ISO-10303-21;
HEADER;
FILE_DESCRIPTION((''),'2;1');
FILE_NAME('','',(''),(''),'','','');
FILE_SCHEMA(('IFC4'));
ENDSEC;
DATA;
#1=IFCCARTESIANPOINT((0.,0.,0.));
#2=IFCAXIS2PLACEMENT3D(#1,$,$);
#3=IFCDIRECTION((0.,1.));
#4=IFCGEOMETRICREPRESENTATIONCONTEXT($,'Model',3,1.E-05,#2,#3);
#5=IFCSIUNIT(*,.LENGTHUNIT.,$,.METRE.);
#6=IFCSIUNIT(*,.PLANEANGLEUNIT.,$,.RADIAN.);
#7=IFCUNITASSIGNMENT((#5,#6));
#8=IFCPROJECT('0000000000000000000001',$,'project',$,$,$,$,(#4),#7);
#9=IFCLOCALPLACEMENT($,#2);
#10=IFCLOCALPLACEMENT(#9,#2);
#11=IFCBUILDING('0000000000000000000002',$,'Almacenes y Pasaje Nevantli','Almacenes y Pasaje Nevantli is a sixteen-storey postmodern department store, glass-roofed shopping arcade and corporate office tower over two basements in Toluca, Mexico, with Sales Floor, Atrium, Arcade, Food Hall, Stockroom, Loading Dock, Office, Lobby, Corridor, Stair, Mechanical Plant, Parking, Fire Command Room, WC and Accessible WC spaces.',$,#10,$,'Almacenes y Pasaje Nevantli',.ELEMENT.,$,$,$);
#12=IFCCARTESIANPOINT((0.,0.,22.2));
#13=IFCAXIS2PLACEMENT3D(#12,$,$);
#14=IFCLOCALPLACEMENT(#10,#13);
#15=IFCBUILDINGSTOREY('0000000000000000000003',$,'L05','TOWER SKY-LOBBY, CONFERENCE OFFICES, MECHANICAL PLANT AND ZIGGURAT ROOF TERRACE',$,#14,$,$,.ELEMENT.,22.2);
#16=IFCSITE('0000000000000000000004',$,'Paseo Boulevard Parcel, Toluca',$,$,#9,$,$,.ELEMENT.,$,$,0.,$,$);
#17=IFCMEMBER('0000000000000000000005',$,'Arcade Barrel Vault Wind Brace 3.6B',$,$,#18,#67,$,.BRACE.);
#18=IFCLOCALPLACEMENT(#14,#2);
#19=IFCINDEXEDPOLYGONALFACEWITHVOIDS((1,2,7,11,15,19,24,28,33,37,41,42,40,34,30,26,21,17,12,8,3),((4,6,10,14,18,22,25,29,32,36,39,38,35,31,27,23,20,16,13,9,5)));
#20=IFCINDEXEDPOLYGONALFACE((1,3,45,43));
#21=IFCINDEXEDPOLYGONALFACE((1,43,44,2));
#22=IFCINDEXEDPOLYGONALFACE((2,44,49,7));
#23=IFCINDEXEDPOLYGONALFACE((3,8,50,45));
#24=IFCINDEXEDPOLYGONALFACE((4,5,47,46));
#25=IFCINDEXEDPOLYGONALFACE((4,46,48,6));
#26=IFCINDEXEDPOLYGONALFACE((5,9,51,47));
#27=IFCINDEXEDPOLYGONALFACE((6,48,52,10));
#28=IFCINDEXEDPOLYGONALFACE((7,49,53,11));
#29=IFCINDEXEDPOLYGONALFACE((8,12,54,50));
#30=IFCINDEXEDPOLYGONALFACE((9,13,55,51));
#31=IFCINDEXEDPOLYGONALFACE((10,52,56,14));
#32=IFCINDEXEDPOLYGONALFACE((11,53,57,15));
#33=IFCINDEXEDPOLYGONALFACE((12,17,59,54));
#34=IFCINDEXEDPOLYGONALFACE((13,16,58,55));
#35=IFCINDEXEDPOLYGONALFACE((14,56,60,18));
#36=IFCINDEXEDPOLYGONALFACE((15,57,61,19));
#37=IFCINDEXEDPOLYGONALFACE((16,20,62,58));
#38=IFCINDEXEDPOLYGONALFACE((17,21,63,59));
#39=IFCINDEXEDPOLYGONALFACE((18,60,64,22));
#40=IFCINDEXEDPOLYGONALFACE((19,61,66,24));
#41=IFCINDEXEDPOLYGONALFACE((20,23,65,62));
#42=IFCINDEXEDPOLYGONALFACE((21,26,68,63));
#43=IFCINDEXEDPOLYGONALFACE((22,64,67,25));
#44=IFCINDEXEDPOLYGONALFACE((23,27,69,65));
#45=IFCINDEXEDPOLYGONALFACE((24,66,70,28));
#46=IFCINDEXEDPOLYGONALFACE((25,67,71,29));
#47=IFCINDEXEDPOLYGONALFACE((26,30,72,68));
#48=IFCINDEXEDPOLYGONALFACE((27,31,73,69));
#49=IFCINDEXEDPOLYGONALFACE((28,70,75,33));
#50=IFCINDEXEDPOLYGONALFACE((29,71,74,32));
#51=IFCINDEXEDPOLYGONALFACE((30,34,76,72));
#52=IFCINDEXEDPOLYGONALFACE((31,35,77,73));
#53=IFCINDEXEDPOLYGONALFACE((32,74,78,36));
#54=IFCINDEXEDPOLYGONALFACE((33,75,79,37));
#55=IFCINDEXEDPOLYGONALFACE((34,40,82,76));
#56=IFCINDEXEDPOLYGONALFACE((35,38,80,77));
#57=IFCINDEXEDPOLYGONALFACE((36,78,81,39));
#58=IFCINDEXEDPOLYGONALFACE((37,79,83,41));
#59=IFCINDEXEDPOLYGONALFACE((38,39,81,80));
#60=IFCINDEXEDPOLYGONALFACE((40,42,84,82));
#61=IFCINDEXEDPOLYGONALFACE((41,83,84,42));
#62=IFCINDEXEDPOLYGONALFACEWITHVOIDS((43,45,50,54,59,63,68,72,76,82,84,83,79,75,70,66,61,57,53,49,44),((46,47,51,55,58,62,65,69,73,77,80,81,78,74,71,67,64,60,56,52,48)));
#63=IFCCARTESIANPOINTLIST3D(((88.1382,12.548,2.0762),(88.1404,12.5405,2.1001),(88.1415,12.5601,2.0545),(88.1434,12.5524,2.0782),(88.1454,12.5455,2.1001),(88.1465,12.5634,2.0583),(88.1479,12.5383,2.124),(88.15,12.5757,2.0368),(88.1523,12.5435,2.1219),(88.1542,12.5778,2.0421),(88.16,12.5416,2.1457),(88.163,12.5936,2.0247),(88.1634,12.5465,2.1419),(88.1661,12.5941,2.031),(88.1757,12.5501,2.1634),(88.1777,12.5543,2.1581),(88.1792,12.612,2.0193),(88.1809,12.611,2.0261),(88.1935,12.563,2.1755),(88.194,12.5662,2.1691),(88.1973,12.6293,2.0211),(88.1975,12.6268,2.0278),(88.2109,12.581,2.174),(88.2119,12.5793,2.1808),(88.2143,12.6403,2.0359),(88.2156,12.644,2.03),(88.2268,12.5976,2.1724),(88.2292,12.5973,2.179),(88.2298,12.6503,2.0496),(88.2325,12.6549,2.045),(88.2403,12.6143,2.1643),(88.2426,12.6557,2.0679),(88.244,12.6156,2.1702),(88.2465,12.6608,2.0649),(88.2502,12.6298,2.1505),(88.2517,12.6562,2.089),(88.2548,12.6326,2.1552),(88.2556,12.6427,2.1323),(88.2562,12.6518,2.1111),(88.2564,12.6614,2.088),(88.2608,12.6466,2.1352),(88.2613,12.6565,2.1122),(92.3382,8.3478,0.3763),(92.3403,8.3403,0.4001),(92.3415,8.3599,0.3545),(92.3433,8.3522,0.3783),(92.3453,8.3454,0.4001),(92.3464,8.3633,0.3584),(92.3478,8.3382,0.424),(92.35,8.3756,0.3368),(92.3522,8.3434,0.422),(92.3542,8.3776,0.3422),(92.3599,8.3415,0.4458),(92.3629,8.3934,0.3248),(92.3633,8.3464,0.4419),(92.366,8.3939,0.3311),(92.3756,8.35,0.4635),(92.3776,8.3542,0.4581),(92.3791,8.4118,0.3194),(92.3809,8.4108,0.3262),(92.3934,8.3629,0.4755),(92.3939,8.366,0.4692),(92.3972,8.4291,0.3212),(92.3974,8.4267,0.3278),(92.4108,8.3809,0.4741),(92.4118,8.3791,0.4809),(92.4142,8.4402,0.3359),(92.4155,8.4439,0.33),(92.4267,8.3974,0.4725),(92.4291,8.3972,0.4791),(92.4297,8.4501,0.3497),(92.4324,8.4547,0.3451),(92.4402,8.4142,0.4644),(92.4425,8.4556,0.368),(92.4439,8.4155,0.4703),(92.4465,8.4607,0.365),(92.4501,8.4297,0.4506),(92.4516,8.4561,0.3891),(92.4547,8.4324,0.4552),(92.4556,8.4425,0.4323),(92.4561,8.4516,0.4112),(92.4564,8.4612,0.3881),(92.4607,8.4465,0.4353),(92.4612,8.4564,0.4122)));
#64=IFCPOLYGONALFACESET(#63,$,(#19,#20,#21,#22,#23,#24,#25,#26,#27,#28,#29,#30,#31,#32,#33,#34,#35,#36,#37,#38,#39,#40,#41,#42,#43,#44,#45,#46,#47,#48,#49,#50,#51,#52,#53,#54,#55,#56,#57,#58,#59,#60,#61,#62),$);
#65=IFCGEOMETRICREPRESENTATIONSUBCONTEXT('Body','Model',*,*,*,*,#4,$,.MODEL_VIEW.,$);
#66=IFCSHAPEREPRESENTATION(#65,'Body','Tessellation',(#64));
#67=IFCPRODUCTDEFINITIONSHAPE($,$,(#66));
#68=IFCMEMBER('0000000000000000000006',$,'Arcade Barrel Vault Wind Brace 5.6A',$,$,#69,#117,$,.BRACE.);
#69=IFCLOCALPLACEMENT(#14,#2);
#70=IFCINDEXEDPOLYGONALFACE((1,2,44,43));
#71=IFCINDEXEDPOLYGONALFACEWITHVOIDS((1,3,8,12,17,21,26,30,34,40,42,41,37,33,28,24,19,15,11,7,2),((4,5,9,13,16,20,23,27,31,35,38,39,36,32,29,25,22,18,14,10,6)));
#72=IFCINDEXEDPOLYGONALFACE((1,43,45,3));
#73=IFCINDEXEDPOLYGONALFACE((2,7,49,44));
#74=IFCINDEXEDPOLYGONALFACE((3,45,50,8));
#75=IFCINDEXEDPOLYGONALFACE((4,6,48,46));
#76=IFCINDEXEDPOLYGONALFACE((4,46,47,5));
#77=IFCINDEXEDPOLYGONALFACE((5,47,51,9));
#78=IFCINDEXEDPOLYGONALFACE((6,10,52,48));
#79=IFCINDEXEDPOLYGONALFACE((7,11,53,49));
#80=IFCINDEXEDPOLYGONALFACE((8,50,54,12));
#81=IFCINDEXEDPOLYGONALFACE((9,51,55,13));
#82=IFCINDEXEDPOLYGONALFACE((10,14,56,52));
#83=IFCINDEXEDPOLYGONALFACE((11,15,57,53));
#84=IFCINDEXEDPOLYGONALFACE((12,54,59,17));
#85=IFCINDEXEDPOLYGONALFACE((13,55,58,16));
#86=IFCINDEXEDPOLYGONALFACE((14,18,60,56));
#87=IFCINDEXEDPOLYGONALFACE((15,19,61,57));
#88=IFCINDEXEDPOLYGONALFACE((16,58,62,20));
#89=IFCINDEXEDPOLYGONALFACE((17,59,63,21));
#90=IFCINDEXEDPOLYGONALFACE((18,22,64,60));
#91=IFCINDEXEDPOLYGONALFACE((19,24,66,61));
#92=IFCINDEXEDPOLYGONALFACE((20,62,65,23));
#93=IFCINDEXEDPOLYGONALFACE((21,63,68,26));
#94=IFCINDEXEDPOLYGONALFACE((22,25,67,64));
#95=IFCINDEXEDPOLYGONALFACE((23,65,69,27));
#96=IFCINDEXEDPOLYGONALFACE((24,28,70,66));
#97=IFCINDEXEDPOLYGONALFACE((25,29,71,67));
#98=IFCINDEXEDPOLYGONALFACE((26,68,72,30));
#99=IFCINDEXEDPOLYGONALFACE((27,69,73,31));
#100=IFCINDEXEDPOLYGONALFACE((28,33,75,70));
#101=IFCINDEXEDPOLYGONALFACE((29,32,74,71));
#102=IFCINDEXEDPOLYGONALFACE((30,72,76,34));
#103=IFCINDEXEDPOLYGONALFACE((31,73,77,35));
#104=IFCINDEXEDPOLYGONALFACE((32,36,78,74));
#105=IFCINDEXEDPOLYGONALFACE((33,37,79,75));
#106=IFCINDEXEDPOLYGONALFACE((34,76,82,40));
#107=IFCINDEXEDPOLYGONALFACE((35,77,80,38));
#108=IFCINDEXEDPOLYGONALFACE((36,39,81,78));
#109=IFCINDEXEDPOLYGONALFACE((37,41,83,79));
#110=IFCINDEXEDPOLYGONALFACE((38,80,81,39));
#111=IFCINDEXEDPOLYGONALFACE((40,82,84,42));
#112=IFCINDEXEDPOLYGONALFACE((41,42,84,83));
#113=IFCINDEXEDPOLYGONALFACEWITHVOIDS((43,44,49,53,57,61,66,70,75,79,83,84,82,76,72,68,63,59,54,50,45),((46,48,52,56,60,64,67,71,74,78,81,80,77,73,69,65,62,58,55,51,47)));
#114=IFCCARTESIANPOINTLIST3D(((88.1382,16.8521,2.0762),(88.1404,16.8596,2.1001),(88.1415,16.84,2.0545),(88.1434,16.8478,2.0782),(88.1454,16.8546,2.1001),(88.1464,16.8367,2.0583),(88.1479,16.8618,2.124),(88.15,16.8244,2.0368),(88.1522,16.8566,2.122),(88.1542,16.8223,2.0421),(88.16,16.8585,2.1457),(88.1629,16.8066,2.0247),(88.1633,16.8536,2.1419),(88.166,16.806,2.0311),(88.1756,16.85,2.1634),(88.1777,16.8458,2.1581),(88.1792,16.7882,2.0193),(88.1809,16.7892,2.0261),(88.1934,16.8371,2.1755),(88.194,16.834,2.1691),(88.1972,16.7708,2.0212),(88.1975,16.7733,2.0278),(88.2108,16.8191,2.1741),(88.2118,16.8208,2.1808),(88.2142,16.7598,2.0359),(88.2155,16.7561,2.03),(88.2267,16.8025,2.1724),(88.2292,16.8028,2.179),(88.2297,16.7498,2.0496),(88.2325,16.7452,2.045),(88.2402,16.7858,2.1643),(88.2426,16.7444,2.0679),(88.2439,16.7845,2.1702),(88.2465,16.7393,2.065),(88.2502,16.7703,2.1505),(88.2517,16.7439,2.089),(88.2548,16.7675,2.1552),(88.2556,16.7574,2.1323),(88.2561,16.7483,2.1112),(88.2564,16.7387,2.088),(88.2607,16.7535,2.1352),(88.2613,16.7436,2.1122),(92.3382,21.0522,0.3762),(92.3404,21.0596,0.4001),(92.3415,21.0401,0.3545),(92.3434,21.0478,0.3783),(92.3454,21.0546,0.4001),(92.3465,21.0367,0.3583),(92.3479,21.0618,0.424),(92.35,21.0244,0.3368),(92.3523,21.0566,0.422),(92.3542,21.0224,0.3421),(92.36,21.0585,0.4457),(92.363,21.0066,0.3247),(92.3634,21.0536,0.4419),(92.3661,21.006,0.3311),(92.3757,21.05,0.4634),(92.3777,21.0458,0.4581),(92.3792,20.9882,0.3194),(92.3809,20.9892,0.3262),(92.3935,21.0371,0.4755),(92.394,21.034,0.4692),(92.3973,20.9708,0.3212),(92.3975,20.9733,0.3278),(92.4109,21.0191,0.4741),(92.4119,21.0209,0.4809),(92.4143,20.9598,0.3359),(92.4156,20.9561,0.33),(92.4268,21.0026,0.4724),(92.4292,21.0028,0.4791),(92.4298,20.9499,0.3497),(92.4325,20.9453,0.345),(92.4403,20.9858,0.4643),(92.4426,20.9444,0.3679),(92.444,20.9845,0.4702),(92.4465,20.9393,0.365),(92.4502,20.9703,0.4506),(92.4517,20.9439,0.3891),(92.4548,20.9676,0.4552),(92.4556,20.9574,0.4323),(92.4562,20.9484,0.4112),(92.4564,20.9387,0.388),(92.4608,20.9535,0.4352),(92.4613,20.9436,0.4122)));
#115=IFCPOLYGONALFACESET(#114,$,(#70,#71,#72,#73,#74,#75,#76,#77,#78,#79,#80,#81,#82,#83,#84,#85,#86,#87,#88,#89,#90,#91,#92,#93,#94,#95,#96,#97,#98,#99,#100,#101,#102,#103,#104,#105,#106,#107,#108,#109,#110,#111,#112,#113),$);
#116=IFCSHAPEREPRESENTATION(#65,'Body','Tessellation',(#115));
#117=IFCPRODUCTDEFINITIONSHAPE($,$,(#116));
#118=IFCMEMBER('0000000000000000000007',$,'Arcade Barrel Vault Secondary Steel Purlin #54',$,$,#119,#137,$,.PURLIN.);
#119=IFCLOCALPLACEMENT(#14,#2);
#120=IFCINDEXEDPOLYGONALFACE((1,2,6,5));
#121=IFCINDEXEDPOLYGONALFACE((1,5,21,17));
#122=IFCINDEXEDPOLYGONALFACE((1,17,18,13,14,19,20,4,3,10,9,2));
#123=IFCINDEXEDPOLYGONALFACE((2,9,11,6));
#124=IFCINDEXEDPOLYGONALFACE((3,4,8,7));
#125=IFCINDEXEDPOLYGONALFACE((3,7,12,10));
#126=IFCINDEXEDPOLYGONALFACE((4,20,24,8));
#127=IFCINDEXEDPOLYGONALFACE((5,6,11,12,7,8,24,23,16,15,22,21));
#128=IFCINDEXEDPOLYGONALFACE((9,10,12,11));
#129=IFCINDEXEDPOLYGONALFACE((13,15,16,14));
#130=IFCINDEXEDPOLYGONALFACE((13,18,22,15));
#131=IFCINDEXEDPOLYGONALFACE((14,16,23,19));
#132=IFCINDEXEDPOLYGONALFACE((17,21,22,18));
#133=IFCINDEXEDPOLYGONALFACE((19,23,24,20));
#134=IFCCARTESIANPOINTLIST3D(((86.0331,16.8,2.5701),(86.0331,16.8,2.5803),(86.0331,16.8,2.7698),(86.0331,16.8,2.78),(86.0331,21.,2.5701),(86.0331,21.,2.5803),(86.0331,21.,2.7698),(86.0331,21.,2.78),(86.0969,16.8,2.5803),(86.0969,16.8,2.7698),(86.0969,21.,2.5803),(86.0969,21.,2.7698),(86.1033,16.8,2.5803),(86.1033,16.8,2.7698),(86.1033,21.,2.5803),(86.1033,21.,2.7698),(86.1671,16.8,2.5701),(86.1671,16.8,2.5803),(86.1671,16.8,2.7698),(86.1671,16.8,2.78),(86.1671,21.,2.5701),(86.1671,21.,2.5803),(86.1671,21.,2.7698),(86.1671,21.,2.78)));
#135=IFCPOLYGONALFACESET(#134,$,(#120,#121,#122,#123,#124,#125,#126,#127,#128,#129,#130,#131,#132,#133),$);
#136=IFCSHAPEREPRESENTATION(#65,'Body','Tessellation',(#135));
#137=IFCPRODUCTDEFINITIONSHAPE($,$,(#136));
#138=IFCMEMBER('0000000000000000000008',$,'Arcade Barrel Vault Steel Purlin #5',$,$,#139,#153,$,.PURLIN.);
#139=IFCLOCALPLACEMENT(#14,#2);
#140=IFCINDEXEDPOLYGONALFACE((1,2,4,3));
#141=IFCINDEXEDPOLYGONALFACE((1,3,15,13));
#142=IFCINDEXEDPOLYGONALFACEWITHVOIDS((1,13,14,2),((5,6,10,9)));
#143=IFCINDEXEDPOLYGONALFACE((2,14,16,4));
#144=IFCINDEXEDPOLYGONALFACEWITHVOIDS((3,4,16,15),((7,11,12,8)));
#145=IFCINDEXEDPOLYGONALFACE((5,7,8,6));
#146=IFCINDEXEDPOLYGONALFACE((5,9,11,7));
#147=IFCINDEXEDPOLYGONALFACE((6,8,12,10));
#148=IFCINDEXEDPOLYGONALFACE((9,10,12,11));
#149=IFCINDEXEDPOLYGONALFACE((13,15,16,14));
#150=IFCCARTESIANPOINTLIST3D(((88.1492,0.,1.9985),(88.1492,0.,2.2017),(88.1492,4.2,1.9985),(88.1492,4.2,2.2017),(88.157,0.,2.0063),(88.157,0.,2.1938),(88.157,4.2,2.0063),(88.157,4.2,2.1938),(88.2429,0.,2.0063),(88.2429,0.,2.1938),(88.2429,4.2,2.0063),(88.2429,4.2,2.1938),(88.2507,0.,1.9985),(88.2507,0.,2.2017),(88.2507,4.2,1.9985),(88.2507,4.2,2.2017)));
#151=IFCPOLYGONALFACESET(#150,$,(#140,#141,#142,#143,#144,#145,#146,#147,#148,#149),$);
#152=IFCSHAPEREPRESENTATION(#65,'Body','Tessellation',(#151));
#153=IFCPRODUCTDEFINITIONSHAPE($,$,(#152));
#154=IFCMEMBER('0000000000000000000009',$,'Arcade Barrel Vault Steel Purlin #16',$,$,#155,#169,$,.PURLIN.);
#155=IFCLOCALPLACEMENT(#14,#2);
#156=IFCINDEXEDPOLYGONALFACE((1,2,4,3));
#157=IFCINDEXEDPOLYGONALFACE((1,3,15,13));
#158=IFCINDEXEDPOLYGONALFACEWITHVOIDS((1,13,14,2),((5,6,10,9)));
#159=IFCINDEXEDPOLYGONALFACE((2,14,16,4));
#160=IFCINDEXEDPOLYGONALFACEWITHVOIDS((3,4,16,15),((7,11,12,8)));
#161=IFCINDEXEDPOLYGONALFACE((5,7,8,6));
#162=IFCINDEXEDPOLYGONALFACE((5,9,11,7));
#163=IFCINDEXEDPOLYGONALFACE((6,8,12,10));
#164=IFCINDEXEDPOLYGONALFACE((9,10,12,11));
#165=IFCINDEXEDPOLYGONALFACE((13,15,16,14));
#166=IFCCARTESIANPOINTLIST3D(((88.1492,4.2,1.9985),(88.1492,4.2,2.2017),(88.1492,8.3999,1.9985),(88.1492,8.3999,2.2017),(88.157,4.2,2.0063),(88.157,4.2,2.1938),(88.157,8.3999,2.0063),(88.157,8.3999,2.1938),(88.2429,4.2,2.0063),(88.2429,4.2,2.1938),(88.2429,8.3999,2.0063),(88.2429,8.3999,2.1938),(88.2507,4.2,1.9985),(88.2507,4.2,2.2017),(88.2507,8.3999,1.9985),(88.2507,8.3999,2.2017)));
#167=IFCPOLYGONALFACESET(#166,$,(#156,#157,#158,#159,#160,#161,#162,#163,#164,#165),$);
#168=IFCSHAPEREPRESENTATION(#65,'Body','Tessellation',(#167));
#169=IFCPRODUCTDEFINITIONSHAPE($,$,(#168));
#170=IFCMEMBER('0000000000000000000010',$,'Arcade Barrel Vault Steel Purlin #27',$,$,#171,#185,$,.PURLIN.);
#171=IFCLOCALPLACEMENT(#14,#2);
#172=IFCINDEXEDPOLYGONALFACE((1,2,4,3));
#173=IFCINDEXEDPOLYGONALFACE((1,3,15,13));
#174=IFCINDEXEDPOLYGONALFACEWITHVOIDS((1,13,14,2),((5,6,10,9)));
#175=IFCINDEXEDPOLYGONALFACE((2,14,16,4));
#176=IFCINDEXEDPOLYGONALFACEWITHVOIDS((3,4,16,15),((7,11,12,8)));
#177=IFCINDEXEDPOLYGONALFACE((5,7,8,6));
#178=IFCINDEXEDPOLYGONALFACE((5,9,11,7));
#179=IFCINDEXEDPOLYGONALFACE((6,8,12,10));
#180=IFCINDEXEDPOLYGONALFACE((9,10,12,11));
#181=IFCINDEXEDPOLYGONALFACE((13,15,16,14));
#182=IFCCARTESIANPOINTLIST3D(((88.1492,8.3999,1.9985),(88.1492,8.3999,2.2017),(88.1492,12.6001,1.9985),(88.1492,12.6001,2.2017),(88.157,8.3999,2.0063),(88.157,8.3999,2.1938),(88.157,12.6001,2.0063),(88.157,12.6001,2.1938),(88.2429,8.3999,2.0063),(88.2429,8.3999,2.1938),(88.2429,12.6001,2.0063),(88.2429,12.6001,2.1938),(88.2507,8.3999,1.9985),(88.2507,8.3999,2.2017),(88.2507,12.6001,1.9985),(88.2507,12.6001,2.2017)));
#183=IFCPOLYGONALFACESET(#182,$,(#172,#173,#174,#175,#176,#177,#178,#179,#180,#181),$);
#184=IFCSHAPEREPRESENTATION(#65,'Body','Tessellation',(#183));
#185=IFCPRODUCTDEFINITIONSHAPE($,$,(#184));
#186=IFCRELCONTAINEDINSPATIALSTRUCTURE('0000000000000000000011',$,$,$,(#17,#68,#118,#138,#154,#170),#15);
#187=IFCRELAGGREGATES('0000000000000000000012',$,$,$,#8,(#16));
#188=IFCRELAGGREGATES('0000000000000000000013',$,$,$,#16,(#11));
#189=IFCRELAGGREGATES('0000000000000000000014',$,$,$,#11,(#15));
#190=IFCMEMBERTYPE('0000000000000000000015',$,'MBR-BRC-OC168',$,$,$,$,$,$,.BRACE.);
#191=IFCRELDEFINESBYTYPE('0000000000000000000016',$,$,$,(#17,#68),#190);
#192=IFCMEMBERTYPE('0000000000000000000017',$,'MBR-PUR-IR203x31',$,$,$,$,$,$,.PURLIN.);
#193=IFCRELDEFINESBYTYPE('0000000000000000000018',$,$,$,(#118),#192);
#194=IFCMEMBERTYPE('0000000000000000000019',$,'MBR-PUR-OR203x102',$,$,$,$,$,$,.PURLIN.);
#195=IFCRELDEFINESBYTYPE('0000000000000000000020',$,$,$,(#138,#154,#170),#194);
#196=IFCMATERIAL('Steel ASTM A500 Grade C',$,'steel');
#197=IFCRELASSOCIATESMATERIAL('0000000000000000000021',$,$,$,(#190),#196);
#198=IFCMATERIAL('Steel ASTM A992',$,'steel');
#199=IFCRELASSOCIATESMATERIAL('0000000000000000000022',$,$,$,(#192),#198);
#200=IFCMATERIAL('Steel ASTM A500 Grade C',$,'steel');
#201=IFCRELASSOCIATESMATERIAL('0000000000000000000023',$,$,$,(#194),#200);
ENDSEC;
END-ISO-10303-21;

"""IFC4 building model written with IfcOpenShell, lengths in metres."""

from ifc_helpers import new_model, si_unit, direction, frame, origin, origin_2d, place, context, subcontext, project, spatial, hollow_rectangle, hollow_circle, i_section, extrude, material, material_profile, profile_set, type_object, element, save


model = new_model("IFC4")

# Units and contexts
model_context = context("Model", 3, precision=1e-05, world=origin(), true_north=direction((0.0, 1.0)))
body_context = subcontext(model_context, "Body", "Model", "MODEL_VIEW")
ifc_project = project(units=[si_unit("LENGTHUNIT", "METRE"), si_unit("PLANEANGLEUNIT", "RADIAN")], contexts=[model_context])

# Site, building, storey
site_placement = place(None, origin())
site = spatial("IfcSite", under=ifc_project, at=site_placement, Name="Paseo Boulevard Parcel, Toluca", CompositionType="ELEMENT", RefElevation=0.0)
building_placement = place(site_placement, origin())
building = spatial("IfcBuilding", under=site, at=building_placement, Name="Almacenes y Pasaje Nevantli", Description="Almacenes y Pasaje Nevantli is a sixteen-storey postmodern department store, glass-roofed shopping arcade and corporate office tower over two basements in Toluca, Mexico, with Sales Floor, Atrium, Arcade, Food Hall, Stockroom, Loading Dock, Office, Lobby, Corridor, Stair, Mechanical Plant, Parking, Fire Command Room, WC and Accessible WC spaces.", LongName="Almacenes y Pasaje Nevantli", CompositionType="ELEMENT")
storey_placement = place(building_placement, frame((0.0, 0.0, 22.2)))
storey = spatial("IfcBuildingStorey", under=building, at=storey_placement, Name="L05", Description="TOWER SKY-LOBBY, CONFERENCE OFFICES, MECHANICAL PLANT AND ZIGGURAT ROOF TERRACE", CompositionType="ELEMENT", Elevation=22.2)

# Members
ifc_material_1 = material(Name="Steel ASTM A500 Grade C", Category="steel")
ifc_material_profile_1 = material_profile(ifc_material_1, hollow_circle(Radius=0.0842, WallThickness=0.0071, at=origin_2d()), Name="OC 168x7.1")
ifc_profile_set_1 = profile_set([ifc_material_profile_1], Name="Steel ASTM A500 Grade C")
member_type_1 = type_object("IfcMemberType", Name="MBR-BRC-OC168", PredefinedType="BRACE", material=ifc_profile_set_1)
for number, where, z_axis, x_axis, name in (
    (1, (92.3999, 8.3999, 0.4001), (-0.679794, 0.679833, 0.27515), (-0.707127, -0.707086, 0.0), "Arcade Barrel Vault Wind Brace 3.6B"),
    (2, (88.2, 16.8, 2.1001), (0.679812, 0.679812, -0.275157), (-0.707107, 0.707107, 0.0), "Arcade Barrel Vault Wind Brace 5.6A"),
):
    element("IfcMember", number, at=place(storey_placement, frame(where, z_axis=z_axis, x_axis=x_axis)), inside=storey, type_object=member_type_1, Name=name, PredefinedType="BRACE", context=body_context, shape_type="SweptSolid", body=[
        extrude(hollow_circle(Radius=0.0842, WallThickness=0.0071, at=origin_2d()), origin(), (0.0, 0.0, 1.0), 6.1782),
    ])
ifc_material_2 = material(Name="Steel ASTM A992", Category="steel")
ifc_material_profile_2 = material_profile(ifc_material_2, i_section(OverallWidth=0.134, OverallDepth=0.21, WebThickness=0.0063, FlangeThickness=0.0103, at=origin_2d()), Name="IR 203x31.3")
ifc_profile_set_2 = profile_set([ifc_material_profile_2], Name="Steel ASTM A992")
member_type_2 = type_object("IfcMemberType", Name="MBR-PUR-IR203x31", PredefinedType="PURLIN", material=ifc_profile_set_2)
member_1_placement = place(storey_placement, frame((86.1001, 16.8, 2.675), z_axis=(0.0, 1.0, 0.0), x_axis=(-1.0, 0.0, 0.0)))
element("IfcMember", 3, at=member_1_placement, inside=storey, type_object=member_type_2, Name="Arcade Barrel Vault Secondary Steel Purlin #54", PredefinedType="PURLIN", context=body_context, shape_type="SweptSolid", body=[
    extrude(i_section(OverallWidth=0.134, OverallDepth=0.21, WebThickness=0.0063, FlangeThickness=0.0103, at=origin_2d()), origin(), (0.0, 0.0, 1.0), 4.2),
])
ifc_material_3 = material(Name="Steel ASTM A500 Grade C", Category="steel")
ifc_material_profile_3 = material_profile(ifc_material_3, hollow_rectangle(XDim=0.1016, YDim=0.2031, WallThickness=0.0078, at=origin_2d()), Name="OR 203x102x7.9")
ifc_profile_set_3 = profile_set([ifc_material_profile_3], Name="Steel ASTM A500 Grade C")
member_type_3 = type_object("IfcMemberType", Name="MBR-PUR-OR203x102", PredefinedType="PURLIN", material=ifc_profile_set_3)
for number, where, z_axis, x_axis, name in (
    (4, (88.2, 0.0, 2.1001), (0.0, 1.0, 0.0), (-1.0, 0.0, 0.0), "Arcade Barrel Vault Steel Purlin #5"),
    (5, (88.2, 4.2, 2.1001), (0.0, 1.0, 0.0), (-1.0, 0.0, 0.0), "Arcade Barrel Vault Steel Purlin #16"),
):
    element("IfcMember", number, at=place(storey_placement, frame(where, z_axis=z_axis, x_axis=x_axis)), inside=storey, type_object=member_type_3, Name=name, PredefinedType="PURLIN", context=body_context, shape_type="SweptSolid", body=[
        extrude(hollow_rectangle(XDim=0.1016, YDim=0.2031, WallThickness=0.0078, at=origin_2d()), origin(), (0.0, 0.0, 1.0), 4.2),
    ])
member_2_placement = place(storey_placement, frame((88.2, 8.3999, 2.1001), z_axis=(0.0, 1.0, 0.0), x_axis=(-1.0, 0.0, 0.0)))
element("IfcMember", 6, at=member_2_placement, inside=storey, type_object=member_type_3, Name="Arcade Barrel Vault Steel Purlin #27", PredefinedType="PURLIN", context=body_context, shape_type="SweptSolid", body=[
    extrude(hollow_rectangle(XDim=0.1016, YDim=0.2031, WallThickness=0.0078, at=origin_2d()), origin(), (0.0, 0.0, 1.0), 4.2002),
])

save(model, "model.ifc")
